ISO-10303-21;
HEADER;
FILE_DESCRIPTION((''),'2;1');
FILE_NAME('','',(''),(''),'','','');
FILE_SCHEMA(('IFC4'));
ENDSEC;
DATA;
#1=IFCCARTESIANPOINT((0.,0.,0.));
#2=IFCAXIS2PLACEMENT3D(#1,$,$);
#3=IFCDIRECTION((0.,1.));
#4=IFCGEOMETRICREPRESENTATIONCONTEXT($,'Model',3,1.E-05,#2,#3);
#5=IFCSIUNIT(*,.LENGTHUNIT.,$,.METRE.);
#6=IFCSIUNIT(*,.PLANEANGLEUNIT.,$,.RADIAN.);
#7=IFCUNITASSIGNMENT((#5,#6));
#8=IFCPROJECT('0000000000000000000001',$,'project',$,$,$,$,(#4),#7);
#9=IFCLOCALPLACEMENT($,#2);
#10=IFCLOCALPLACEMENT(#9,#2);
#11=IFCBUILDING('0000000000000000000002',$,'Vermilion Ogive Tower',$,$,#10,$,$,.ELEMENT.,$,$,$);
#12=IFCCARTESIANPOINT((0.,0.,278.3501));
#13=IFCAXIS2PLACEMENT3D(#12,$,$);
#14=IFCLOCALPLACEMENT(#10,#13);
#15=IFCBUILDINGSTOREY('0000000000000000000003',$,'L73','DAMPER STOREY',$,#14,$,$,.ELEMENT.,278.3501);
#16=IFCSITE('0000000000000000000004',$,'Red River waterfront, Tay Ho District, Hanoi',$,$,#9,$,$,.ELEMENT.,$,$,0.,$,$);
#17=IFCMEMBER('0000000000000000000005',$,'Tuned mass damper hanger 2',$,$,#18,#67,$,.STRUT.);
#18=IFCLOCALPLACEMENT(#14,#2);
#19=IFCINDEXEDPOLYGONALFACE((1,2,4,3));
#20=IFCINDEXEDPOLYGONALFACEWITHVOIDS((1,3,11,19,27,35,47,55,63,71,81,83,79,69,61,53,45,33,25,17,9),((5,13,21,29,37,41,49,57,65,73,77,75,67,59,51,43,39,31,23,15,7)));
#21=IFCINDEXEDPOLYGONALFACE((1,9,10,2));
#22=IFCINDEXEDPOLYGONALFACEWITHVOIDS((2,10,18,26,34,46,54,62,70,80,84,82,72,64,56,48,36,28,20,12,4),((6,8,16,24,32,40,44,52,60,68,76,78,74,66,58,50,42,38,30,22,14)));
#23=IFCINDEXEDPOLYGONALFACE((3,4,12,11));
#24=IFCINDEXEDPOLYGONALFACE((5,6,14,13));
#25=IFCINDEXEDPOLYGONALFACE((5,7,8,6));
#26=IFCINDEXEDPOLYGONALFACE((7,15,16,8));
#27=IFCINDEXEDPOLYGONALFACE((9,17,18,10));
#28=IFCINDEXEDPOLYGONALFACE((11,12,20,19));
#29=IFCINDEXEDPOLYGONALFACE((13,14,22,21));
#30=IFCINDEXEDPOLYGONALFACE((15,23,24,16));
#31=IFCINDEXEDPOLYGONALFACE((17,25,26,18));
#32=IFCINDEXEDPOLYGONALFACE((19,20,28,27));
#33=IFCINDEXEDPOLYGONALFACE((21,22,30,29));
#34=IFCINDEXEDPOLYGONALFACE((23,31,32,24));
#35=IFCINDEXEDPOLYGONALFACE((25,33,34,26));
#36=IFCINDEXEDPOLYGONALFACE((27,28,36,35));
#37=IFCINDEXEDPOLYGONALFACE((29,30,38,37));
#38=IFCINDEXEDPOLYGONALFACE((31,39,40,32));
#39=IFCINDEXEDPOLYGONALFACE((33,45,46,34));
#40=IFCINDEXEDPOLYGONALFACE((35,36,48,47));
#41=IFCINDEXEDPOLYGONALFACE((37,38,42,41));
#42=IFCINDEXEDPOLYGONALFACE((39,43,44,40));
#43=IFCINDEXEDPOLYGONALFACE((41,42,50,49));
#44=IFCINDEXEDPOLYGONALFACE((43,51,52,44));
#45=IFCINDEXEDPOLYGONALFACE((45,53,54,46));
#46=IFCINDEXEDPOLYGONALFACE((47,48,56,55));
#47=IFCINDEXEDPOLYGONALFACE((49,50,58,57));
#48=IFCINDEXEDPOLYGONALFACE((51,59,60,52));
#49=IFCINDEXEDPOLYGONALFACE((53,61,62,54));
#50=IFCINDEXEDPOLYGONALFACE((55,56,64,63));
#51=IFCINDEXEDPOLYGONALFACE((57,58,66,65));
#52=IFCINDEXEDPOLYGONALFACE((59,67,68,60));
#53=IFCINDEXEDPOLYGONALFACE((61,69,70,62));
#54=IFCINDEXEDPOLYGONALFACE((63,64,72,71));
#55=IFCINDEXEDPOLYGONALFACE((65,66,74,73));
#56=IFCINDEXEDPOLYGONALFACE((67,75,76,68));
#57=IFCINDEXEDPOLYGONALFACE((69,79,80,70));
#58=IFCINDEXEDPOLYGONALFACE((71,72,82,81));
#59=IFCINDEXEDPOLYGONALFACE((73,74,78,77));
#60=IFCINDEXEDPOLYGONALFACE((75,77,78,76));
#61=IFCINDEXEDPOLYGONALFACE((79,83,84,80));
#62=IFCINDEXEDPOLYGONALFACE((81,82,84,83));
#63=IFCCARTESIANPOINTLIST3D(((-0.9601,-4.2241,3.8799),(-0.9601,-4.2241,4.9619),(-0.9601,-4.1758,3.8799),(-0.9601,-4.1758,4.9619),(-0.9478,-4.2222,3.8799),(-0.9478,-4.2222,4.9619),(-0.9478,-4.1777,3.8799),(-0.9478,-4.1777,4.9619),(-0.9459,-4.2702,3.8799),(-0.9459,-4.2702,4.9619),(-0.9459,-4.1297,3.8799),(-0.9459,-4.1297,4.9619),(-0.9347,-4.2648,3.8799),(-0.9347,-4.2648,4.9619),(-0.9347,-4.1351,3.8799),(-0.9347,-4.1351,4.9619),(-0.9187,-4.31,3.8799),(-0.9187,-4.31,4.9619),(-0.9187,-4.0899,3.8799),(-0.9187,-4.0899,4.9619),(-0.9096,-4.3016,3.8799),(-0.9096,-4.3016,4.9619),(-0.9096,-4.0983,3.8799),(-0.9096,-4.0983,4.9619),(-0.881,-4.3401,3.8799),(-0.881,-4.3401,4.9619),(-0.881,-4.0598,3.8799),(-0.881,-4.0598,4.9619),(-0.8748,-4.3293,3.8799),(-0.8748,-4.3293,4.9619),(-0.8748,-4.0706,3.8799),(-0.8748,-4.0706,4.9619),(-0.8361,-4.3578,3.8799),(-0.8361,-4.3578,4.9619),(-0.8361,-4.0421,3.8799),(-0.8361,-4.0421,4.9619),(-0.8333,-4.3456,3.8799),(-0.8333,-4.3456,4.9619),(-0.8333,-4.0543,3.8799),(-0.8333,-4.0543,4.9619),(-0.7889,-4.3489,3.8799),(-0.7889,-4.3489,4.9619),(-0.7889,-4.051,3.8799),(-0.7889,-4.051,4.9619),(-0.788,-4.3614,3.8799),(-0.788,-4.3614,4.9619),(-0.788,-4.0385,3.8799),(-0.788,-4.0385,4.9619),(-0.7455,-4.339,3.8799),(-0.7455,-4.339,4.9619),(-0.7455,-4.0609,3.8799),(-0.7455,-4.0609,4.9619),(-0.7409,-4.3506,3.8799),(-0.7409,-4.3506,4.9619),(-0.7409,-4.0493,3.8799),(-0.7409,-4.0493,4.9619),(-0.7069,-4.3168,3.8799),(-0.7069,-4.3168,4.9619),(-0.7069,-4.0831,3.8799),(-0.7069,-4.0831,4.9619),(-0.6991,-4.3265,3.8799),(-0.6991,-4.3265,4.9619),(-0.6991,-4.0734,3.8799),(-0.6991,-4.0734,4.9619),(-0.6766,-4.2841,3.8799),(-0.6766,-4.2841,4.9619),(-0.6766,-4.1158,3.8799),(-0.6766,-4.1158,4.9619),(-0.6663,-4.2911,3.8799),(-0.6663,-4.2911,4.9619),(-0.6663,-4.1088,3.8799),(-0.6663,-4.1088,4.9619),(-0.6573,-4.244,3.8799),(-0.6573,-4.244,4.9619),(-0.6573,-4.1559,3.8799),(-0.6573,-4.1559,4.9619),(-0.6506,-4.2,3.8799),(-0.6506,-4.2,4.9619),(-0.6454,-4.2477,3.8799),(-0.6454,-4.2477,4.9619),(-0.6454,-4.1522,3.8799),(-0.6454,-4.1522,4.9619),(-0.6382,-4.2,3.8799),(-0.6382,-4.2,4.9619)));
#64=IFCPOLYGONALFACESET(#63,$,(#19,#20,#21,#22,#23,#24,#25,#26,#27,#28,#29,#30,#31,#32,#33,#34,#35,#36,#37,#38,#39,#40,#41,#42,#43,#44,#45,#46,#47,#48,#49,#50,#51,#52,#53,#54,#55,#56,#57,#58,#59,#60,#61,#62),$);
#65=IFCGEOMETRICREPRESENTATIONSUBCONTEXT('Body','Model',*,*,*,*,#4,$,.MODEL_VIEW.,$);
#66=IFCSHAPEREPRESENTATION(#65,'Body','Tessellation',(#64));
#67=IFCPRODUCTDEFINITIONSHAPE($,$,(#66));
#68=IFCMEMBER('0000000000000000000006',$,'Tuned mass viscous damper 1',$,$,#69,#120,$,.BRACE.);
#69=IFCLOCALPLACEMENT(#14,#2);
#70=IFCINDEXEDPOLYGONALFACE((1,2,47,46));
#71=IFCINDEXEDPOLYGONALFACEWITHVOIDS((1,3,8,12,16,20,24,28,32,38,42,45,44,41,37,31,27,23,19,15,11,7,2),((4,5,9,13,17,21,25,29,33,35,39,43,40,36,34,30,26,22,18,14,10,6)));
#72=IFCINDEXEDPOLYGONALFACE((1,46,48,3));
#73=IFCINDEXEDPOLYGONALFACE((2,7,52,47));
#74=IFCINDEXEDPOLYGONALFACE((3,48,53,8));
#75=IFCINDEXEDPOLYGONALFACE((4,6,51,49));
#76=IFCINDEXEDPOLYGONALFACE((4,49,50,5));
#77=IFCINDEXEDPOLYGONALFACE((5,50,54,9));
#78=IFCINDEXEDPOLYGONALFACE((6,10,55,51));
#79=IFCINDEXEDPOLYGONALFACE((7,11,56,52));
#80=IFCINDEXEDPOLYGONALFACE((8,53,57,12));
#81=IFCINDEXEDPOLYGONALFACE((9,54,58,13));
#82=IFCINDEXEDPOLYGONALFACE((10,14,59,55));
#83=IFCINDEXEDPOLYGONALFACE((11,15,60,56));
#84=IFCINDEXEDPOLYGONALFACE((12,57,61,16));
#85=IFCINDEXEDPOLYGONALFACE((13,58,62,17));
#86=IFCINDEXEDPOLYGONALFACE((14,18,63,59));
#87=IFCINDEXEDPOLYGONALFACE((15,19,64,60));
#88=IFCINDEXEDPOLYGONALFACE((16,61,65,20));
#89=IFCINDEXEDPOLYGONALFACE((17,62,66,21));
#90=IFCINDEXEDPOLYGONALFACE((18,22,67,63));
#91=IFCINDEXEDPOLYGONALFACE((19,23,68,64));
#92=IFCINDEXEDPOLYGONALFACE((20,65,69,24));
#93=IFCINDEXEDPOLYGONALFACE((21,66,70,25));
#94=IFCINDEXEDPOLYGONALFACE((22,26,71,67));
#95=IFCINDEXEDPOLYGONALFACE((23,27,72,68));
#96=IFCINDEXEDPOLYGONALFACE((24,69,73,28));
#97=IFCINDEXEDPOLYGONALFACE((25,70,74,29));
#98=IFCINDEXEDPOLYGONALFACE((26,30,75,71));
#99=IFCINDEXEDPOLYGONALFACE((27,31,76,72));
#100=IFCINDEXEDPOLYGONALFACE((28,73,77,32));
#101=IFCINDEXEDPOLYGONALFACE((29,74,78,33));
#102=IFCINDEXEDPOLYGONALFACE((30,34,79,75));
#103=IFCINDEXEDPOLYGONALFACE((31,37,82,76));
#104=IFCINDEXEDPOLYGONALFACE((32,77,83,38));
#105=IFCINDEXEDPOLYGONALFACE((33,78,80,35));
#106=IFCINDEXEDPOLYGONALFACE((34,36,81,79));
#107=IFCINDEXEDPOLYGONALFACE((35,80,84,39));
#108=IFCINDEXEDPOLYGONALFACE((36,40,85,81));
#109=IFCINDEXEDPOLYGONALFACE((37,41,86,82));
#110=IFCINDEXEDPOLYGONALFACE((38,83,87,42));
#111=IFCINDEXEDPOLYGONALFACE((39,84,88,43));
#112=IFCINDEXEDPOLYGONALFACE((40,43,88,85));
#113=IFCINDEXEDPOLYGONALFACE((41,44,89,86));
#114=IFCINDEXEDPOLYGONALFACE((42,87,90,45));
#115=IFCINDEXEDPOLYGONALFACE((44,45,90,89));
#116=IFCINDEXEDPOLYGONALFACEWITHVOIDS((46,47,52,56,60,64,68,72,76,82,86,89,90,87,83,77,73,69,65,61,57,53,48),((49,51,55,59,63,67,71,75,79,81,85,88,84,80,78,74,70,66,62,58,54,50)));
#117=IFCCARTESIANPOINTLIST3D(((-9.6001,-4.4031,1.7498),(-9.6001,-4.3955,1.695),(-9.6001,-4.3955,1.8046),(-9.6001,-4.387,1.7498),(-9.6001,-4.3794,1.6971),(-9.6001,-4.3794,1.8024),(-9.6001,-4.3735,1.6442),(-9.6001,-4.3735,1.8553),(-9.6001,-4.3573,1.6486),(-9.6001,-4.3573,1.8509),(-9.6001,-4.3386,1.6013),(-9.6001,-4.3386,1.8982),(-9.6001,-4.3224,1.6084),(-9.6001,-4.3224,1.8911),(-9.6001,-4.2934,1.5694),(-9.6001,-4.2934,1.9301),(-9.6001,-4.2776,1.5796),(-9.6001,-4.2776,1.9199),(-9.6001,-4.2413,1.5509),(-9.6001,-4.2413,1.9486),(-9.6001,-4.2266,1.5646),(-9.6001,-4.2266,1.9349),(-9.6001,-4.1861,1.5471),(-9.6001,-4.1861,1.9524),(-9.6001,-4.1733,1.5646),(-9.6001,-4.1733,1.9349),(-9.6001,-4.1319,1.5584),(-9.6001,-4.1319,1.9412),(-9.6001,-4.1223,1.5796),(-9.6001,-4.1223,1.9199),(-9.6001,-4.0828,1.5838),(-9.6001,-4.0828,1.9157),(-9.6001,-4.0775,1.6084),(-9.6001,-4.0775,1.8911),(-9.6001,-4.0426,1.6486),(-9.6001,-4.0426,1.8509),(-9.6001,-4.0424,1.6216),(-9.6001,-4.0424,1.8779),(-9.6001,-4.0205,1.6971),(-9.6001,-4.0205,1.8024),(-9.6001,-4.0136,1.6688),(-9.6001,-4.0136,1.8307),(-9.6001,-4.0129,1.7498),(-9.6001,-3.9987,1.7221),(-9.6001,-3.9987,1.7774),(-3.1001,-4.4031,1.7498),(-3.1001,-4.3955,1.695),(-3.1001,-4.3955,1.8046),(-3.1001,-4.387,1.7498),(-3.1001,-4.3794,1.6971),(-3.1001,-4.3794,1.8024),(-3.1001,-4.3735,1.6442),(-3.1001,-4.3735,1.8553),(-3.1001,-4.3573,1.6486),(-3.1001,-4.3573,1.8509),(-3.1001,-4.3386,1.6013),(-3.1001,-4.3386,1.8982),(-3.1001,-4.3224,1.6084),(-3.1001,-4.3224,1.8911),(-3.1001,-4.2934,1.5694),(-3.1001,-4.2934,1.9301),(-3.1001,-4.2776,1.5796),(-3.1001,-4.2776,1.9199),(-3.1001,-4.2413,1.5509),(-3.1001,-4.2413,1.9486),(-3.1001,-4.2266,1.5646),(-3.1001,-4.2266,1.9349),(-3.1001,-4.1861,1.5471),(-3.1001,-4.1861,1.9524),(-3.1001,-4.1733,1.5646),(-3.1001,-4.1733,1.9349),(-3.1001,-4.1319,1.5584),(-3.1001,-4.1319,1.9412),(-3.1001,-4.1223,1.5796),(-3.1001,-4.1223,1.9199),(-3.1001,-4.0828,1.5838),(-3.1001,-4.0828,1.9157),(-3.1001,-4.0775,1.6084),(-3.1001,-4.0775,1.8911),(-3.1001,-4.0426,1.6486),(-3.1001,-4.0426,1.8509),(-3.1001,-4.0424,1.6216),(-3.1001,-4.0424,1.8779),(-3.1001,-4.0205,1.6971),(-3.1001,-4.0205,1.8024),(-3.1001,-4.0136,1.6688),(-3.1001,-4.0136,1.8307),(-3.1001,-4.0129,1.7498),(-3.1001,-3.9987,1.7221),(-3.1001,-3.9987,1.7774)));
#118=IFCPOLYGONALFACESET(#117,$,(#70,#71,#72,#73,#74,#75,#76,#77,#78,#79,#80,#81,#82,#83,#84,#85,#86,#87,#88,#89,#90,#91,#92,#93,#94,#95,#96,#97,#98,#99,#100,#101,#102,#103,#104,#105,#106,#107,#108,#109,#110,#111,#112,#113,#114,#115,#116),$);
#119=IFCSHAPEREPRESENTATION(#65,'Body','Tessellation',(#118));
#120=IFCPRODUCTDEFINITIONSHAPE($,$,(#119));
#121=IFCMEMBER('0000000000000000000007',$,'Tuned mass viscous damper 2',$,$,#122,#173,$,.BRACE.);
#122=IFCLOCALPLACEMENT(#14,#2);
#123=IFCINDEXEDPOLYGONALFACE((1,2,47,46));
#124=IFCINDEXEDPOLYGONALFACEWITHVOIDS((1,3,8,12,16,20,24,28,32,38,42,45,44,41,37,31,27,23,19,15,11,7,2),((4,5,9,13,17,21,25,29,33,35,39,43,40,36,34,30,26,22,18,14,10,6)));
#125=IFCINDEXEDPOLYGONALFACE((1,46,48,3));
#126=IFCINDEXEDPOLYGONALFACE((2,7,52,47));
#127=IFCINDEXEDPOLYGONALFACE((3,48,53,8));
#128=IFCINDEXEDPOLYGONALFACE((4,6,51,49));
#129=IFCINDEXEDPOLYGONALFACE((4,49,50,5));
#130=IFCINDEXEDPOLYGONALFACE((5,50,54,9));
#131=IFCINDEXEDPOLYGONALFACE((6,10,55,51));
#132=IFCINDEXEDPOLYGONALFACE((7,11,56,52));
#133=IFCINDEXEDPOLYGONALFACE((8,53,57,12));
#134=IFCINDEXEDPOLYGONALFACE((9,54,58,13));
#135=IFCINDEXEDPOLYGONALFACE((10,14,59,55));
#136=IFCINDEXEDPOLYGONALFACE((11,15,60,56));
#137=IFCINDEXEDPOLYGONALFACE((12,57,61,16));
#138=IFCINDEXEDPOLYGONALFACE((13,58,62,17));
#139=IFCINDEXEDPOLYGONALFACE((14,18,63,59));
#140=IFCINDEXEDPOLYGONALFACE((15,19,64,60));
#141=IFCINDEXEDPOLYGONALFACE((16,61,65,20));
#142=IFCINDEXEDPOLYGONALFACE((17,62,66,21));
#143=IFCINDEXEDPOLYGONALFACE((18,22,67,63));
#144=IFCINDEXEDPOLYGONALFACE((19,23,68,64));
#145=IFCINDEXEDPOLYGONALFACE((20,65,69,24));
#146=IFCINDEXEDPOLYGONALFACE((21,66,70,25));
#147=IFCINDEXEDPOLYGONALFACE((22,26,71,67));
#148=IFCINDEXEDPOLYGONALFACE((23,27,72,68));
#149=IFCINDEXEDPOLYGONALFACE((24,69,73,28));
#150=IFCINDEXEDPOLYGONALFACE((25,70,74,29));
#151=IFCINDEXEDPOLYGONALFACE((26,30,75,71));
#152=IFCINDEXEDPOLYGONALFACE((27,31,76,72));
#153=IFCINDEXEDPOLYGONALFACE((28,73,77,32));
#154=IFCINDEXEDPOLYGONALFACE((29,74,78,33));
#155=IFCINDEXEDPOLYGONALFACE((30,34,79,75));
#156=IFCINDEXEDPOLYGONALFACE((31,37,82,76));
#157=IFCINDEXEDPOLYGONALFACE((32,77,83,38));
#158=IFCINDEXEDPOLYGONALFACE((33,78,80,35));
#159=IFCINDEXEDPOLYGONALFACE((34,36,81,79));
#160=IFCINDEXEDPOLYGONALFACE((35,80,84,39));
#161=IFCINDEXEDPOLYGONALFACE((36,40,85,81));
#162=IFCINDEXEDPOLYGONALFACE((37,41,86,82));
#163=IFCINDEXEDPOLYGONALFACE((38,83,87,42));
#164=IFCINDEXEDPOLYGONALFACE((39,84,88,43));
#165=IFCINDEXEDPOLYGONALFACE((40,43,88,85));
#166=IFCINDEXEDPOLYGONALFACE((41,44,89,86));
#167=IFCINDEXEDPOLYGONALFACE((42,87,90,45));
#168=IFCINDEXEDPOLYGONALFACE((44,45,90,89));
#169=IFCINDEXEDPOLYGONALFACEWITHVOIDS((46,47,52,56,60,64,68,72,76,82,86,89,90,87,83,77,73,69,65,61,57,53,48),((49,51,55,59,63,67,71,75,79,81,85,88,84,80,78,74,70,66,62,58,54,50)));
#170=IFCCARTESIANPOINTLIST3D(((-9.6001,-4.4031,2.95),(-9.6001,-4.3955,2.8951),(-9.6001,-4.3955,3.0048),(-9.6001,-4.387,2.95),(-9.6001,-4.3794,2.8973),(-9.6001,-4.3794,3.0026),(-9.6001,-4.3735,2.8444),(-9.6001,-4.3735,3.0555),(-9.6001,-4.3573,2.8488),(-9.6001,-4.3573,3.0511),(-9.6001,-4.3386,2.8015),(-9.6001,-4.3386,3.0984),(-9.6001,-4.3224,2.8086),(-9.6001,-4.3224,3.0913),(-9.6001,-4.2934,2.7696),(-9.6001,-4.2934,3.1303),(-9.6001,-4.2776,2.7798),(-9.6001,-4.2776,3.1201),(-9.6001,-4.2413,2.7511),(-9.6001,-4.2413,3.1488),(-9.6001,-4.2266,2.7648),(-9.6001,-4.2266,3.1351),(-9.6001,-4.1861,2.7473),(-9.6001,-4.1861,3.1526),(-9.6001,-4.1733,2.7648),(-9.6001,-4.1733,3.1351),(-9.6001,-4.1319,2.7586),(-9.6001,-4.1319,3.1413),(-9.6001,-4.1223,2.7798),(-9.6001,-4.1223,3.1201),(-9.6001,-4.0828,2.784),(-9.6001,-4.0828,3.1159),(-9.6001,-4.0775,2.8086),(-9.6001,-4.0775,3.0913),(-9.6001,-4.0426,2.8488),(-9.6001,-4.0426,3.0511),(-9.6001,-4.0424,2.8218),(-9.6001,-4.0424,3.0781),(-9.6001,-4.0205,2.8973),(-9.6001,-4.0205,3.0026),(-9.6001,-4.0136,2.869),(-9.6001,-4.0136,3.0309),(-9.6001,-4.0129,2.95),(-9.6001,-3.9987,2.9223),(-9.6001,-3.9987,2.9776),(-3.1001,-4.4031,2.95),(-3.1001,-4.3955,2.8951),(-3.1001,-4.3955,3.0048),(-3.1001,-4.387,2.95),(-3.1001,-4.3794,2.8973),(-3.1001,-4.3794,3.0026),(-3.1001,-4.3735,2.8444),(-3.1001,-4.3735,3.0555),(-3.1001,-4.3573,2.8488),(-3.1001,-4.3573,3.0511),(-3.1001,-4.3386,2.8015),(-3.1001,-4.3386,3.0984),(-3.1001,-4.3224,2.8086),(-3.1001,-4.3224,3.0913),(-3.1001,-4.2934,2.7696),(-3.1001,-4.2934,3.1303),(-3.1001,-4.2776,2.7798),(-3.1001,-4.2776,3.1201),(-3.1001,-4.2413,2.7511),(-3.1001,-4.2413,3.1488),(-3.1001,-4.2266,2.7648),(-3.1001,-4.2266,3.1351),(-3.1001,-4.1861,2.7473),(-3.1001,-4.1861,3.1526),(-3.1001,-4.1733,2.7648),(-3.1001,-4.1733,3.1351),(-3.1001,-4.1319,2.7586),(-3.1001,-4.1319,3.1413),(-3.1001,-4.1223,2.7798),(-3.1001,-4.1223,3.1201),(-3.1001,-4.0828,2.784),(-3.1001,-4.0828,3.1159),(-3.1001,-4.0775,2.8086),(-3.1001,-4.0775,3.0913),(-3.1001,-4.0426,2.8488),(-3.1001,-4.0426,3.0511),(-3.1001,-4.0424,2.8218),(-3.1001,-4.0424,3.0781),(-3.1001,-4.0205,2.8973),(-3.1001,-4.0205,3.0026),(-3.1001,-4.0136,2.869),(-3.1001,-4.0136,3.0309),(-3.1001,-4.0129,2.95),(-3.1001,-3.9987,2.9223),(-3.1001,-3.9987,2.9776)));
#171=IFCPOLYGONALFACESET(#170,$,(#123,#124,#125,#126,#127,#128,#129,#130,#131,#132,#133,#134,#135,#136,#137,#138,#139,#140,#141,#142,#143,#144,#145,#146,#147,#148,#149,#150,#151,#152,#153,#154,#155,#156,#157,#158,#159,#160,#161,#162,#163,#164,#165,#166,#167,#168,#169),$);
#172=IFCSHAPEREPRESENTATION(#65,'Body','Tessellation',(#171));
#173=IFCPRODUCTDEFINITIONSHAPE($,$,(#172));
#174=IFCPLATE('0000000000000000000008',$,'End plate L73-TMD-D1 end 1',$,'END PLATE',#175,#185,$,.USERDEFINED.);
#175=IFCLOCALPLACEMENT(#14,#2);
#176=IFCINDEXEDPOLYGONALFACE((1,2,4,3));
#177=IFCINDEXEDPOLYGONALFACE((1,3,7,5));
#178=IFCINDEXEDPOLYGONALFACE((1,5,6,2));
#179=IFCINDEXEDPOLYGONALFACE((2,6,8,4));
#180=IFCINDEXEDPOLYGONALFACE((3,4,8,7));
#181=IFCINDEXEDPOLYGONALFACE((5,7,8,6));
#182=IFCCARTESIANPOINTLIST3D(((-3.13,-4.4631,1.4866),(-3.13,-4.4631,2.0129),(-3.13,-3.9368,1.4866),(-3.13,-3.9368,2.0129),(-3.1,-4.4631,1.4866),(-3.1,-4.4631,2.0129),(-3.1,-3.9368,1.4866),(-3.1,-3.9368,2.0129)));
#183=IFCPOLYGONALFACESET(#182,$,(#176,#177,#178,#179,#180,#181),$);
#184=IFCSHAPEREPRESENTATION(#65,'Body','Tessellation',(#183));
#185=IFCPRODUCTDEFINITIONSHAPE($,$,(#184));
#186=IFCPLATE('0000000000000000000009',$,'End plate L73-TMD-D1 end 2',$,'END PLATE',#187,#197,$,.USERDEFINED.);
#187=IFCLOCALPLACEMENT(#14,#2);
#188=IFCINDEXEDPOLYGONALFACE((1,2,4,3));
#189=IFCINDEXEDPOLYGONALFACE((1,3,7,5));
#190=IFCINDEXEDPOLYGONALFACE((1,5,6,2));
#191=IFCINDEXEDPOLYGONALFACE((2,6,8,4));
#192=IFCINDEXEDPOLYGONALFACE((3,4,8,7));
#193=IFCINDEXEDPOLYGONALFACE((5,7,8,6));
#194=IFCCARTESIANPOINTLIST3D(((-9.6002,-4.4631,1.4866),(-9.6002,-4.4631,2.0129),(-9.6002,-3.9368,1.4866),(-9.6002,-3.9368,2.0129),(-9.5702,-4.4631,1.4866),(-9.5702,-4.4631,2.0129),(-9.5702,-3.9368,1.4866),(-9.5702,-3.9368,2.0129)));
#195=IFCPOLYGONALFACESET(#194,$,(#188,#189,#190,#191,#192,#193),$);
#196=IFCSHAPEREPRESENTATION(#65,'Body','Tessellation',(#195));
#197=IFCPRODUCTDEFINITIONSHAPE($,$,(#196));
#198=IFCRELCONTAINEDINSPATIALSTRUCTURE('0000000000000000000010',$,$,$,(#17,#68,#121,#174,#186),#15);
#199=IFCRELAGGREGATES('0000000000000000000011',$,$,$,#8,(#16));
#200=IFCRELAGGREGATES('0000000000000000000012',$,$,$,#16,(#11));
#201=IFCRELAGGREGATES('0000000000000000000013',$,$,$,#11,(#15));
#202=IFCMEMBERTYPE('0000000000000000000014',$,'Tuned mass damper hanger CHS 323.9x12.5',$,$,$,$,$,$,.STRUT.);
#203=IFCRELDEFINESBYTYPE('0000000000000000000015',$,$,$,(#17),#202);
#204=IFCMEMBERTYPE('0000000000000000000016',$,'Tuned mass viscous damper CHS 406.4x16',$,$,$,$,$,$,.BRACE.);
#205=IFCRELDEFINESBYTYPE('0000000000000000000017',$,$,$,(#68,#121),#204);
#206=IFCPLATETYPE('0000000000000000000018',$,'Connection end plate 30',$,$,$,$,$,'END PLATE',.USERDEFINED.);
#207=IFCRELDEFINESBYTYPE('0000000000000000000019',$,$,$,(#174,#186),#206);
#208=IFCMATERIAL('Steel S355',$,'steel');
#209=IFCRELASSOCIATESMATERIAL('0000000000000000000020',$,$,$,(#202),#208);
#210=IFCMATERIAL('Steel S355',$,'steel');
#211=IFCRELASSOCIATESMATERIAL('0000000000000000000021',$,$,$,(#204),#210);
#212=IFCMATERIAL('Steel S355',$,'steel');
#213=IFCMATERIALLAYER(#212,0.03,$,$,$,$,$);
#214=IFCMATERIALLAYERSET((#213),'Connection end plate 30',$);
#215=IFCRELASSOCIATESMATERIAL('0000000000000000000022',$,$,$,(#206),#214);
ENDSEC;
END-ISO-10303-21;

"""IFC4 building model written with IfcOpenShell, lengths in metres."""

from ifc_helpers import new_model, si_unit, direction, frame, origin, origin_2d, place, context, subcontext, project, spatial, rectangle, hollow_circle, extrude, material, layer, layer_set, material_profile, profile_set, type_object, element, save


model = new_model("IFC4")

# Units and contexts
model_context = context("Model", 3, precision=1e-05, world=origin(), true_north=direction((0.0, 1.0)))
body_context = subcontext(model_context, "Body", "Model", "MODEL_VIEW")
ifc_project = project(units=[si_unit("LENGTHUNIT", "METRE"), si_unit("PLANEANGLEUNIT", "RADIAN")], contexts=[model_context])

# Site, building, storey
site_placement = place(None, origin())
site = spatial("IfcSite", under=ifc_project, at=site_placement, Name="Red River waterfront, Tay Ho District, Hanoi", CompositionType="ELEMENT", RefElevation=0.0)
building_placement = place(site_placement, origin())
building = spatial("IfcBuilding", under=site, at=building_placement, Name="Vermilion Ogive Tower", CompositionType="ELEMENT")
storey_placement = place(building_placement, frame((0.0, 0.0, 278.3501)))
storey = spatial("IfcBuildingStorey", under=building, at=storey_placement, Name="L73", Description="DAMPER STOREY", CompositionType="ELEMENT", Elevation=278.3501)

# Members
ifc_material_1 = material(Name="Steel S355", Category="steel")
ifc_material_profile_1 = material_profile(ifc_material_1, hollow_circle(Radius=0.1619, WallThickness=0.0125, at=origin_2d()), Name="CHS 323.9x12.5")
ifc_profile_set_1 = profile_set([ifc_material_profile_1], Name="Steel S355")
member_type_1 = type_object("IfcMemberType", Name="Tuned mass damper hanger CHS 323.9x12.5", PredefinedType="STRUT", material=ifc_profile_set_1)
for number, where, z_axis, x_axis, name in (
    (1, (-0.8, -4.2, 3.8799), (0.0, 0.0, 1.0), (1.0, 0.0, 0.0), "Tuned mass damper hanger 2"),
):
    element("IfcMember", number, at=place(storey_placement, frame(where, z_axis=z_axis, x_axis=x_axis)), inside=storey, type_object=member_type_1, Name=name, PredefinedType="STRUT", context=body_context, shape_type="SweptSolid", body=[
        extrude(hollow_circle(Radius=0.1619, WallThickness=0.0125, at=origin_2d()), origin(), (0.0, 0.0, 1.0), 1.082),
    ])
ifc_material_2 = material(Name="Steel S355", Category="steel")
ifc_material_profile_2 = material_profile(ifc_material_2, hollow_circle(Radius=0.2031, WallThickness=0.0161, at=origin_2d()), Name="CHS 406.4x16")
ifc_profile_set_2 = profile_set([ifc_material_profile_2], Name="Steel S355")
member_type_2 = type_object("IfcMemberType", Name="Tuned mass viscous damper CHS 406.4x16", PredefinedType="BRACE", material=ifc_profile_set_2)
for number, where, z_axis, x_axis, name in (
    (2, (-3.1001, -4.2, 1.7498), (-1.0, 0.0, 0.0), (0.0, -1.0, 0.0), "Tuned mass viscous damper 1"),
    (3, (-3.1001, -4.2, 2.95), (-1.0, 0.0, 0.0), (0.0, -1.0, 0.0), "Tuned mass viscous damper 2"),
):
    element("IfcMember", number, at=place(storey_placement, frame(where, z_axis=z_axis, x_axis=x_axis)), inside=storey, type_object=member_type_2, Name=name, PredefinedType="BRACE", context=body_context, shape_type="SweptSolid", body=[
        extrude(hollow_circle(Radius=0.2031, WallThickness=0.0161, at=origin_2d()), origin(), (0.0, 0.0, 1.0), 6.5),
    ])

# Plates
ifc_material_3 = material(Name="Steel S355", Category="steel")
ifc_layer_1 = layer(ifc_material_3, 0.03)
ifc_layer_set_1 = layer_set([ifc_layer_1], Name="Connection end plate 30")
plate_type_1 = type_object("IfcPlateType", Name="Connection end plate 30", ElementType="END PLATE", PredefinedType="USERDEFINED", material=ifc_layer_set_1)
for number, where, z_axis, x_axis, name in (
    (4, (-3.115, -4.2, 1.4866), (0.0, 0.0, 1.0), (1.0, 0.0, 0.0), "End plate L73-TMD-D1 end 1"),
    (5, (-9.5852, -4.2, 1.4866), (0.0, 0.0, 1.0), (1.0, 0.0, 0.0), "End plate L73-TMD-D1 end 2"),
):
    element("IfcPlate", number, at=place(storey_placement, frame(where, z_axis=z_axis, x_axis=x_axis)), inside=storey, type_object=plate_type_1, Name=name, ObjectType="END PLATE", PredefinedType="USERDEFINED", context=body_context, shape_type="SweptSolid", body=[
        extrude(rectangle(XDim=0.03, YDim=0.5264, at=origin_2d()), origin(), (0.0, 0.0, 1.0), 0.5264),
    ])

save(model, "model.ifc")
